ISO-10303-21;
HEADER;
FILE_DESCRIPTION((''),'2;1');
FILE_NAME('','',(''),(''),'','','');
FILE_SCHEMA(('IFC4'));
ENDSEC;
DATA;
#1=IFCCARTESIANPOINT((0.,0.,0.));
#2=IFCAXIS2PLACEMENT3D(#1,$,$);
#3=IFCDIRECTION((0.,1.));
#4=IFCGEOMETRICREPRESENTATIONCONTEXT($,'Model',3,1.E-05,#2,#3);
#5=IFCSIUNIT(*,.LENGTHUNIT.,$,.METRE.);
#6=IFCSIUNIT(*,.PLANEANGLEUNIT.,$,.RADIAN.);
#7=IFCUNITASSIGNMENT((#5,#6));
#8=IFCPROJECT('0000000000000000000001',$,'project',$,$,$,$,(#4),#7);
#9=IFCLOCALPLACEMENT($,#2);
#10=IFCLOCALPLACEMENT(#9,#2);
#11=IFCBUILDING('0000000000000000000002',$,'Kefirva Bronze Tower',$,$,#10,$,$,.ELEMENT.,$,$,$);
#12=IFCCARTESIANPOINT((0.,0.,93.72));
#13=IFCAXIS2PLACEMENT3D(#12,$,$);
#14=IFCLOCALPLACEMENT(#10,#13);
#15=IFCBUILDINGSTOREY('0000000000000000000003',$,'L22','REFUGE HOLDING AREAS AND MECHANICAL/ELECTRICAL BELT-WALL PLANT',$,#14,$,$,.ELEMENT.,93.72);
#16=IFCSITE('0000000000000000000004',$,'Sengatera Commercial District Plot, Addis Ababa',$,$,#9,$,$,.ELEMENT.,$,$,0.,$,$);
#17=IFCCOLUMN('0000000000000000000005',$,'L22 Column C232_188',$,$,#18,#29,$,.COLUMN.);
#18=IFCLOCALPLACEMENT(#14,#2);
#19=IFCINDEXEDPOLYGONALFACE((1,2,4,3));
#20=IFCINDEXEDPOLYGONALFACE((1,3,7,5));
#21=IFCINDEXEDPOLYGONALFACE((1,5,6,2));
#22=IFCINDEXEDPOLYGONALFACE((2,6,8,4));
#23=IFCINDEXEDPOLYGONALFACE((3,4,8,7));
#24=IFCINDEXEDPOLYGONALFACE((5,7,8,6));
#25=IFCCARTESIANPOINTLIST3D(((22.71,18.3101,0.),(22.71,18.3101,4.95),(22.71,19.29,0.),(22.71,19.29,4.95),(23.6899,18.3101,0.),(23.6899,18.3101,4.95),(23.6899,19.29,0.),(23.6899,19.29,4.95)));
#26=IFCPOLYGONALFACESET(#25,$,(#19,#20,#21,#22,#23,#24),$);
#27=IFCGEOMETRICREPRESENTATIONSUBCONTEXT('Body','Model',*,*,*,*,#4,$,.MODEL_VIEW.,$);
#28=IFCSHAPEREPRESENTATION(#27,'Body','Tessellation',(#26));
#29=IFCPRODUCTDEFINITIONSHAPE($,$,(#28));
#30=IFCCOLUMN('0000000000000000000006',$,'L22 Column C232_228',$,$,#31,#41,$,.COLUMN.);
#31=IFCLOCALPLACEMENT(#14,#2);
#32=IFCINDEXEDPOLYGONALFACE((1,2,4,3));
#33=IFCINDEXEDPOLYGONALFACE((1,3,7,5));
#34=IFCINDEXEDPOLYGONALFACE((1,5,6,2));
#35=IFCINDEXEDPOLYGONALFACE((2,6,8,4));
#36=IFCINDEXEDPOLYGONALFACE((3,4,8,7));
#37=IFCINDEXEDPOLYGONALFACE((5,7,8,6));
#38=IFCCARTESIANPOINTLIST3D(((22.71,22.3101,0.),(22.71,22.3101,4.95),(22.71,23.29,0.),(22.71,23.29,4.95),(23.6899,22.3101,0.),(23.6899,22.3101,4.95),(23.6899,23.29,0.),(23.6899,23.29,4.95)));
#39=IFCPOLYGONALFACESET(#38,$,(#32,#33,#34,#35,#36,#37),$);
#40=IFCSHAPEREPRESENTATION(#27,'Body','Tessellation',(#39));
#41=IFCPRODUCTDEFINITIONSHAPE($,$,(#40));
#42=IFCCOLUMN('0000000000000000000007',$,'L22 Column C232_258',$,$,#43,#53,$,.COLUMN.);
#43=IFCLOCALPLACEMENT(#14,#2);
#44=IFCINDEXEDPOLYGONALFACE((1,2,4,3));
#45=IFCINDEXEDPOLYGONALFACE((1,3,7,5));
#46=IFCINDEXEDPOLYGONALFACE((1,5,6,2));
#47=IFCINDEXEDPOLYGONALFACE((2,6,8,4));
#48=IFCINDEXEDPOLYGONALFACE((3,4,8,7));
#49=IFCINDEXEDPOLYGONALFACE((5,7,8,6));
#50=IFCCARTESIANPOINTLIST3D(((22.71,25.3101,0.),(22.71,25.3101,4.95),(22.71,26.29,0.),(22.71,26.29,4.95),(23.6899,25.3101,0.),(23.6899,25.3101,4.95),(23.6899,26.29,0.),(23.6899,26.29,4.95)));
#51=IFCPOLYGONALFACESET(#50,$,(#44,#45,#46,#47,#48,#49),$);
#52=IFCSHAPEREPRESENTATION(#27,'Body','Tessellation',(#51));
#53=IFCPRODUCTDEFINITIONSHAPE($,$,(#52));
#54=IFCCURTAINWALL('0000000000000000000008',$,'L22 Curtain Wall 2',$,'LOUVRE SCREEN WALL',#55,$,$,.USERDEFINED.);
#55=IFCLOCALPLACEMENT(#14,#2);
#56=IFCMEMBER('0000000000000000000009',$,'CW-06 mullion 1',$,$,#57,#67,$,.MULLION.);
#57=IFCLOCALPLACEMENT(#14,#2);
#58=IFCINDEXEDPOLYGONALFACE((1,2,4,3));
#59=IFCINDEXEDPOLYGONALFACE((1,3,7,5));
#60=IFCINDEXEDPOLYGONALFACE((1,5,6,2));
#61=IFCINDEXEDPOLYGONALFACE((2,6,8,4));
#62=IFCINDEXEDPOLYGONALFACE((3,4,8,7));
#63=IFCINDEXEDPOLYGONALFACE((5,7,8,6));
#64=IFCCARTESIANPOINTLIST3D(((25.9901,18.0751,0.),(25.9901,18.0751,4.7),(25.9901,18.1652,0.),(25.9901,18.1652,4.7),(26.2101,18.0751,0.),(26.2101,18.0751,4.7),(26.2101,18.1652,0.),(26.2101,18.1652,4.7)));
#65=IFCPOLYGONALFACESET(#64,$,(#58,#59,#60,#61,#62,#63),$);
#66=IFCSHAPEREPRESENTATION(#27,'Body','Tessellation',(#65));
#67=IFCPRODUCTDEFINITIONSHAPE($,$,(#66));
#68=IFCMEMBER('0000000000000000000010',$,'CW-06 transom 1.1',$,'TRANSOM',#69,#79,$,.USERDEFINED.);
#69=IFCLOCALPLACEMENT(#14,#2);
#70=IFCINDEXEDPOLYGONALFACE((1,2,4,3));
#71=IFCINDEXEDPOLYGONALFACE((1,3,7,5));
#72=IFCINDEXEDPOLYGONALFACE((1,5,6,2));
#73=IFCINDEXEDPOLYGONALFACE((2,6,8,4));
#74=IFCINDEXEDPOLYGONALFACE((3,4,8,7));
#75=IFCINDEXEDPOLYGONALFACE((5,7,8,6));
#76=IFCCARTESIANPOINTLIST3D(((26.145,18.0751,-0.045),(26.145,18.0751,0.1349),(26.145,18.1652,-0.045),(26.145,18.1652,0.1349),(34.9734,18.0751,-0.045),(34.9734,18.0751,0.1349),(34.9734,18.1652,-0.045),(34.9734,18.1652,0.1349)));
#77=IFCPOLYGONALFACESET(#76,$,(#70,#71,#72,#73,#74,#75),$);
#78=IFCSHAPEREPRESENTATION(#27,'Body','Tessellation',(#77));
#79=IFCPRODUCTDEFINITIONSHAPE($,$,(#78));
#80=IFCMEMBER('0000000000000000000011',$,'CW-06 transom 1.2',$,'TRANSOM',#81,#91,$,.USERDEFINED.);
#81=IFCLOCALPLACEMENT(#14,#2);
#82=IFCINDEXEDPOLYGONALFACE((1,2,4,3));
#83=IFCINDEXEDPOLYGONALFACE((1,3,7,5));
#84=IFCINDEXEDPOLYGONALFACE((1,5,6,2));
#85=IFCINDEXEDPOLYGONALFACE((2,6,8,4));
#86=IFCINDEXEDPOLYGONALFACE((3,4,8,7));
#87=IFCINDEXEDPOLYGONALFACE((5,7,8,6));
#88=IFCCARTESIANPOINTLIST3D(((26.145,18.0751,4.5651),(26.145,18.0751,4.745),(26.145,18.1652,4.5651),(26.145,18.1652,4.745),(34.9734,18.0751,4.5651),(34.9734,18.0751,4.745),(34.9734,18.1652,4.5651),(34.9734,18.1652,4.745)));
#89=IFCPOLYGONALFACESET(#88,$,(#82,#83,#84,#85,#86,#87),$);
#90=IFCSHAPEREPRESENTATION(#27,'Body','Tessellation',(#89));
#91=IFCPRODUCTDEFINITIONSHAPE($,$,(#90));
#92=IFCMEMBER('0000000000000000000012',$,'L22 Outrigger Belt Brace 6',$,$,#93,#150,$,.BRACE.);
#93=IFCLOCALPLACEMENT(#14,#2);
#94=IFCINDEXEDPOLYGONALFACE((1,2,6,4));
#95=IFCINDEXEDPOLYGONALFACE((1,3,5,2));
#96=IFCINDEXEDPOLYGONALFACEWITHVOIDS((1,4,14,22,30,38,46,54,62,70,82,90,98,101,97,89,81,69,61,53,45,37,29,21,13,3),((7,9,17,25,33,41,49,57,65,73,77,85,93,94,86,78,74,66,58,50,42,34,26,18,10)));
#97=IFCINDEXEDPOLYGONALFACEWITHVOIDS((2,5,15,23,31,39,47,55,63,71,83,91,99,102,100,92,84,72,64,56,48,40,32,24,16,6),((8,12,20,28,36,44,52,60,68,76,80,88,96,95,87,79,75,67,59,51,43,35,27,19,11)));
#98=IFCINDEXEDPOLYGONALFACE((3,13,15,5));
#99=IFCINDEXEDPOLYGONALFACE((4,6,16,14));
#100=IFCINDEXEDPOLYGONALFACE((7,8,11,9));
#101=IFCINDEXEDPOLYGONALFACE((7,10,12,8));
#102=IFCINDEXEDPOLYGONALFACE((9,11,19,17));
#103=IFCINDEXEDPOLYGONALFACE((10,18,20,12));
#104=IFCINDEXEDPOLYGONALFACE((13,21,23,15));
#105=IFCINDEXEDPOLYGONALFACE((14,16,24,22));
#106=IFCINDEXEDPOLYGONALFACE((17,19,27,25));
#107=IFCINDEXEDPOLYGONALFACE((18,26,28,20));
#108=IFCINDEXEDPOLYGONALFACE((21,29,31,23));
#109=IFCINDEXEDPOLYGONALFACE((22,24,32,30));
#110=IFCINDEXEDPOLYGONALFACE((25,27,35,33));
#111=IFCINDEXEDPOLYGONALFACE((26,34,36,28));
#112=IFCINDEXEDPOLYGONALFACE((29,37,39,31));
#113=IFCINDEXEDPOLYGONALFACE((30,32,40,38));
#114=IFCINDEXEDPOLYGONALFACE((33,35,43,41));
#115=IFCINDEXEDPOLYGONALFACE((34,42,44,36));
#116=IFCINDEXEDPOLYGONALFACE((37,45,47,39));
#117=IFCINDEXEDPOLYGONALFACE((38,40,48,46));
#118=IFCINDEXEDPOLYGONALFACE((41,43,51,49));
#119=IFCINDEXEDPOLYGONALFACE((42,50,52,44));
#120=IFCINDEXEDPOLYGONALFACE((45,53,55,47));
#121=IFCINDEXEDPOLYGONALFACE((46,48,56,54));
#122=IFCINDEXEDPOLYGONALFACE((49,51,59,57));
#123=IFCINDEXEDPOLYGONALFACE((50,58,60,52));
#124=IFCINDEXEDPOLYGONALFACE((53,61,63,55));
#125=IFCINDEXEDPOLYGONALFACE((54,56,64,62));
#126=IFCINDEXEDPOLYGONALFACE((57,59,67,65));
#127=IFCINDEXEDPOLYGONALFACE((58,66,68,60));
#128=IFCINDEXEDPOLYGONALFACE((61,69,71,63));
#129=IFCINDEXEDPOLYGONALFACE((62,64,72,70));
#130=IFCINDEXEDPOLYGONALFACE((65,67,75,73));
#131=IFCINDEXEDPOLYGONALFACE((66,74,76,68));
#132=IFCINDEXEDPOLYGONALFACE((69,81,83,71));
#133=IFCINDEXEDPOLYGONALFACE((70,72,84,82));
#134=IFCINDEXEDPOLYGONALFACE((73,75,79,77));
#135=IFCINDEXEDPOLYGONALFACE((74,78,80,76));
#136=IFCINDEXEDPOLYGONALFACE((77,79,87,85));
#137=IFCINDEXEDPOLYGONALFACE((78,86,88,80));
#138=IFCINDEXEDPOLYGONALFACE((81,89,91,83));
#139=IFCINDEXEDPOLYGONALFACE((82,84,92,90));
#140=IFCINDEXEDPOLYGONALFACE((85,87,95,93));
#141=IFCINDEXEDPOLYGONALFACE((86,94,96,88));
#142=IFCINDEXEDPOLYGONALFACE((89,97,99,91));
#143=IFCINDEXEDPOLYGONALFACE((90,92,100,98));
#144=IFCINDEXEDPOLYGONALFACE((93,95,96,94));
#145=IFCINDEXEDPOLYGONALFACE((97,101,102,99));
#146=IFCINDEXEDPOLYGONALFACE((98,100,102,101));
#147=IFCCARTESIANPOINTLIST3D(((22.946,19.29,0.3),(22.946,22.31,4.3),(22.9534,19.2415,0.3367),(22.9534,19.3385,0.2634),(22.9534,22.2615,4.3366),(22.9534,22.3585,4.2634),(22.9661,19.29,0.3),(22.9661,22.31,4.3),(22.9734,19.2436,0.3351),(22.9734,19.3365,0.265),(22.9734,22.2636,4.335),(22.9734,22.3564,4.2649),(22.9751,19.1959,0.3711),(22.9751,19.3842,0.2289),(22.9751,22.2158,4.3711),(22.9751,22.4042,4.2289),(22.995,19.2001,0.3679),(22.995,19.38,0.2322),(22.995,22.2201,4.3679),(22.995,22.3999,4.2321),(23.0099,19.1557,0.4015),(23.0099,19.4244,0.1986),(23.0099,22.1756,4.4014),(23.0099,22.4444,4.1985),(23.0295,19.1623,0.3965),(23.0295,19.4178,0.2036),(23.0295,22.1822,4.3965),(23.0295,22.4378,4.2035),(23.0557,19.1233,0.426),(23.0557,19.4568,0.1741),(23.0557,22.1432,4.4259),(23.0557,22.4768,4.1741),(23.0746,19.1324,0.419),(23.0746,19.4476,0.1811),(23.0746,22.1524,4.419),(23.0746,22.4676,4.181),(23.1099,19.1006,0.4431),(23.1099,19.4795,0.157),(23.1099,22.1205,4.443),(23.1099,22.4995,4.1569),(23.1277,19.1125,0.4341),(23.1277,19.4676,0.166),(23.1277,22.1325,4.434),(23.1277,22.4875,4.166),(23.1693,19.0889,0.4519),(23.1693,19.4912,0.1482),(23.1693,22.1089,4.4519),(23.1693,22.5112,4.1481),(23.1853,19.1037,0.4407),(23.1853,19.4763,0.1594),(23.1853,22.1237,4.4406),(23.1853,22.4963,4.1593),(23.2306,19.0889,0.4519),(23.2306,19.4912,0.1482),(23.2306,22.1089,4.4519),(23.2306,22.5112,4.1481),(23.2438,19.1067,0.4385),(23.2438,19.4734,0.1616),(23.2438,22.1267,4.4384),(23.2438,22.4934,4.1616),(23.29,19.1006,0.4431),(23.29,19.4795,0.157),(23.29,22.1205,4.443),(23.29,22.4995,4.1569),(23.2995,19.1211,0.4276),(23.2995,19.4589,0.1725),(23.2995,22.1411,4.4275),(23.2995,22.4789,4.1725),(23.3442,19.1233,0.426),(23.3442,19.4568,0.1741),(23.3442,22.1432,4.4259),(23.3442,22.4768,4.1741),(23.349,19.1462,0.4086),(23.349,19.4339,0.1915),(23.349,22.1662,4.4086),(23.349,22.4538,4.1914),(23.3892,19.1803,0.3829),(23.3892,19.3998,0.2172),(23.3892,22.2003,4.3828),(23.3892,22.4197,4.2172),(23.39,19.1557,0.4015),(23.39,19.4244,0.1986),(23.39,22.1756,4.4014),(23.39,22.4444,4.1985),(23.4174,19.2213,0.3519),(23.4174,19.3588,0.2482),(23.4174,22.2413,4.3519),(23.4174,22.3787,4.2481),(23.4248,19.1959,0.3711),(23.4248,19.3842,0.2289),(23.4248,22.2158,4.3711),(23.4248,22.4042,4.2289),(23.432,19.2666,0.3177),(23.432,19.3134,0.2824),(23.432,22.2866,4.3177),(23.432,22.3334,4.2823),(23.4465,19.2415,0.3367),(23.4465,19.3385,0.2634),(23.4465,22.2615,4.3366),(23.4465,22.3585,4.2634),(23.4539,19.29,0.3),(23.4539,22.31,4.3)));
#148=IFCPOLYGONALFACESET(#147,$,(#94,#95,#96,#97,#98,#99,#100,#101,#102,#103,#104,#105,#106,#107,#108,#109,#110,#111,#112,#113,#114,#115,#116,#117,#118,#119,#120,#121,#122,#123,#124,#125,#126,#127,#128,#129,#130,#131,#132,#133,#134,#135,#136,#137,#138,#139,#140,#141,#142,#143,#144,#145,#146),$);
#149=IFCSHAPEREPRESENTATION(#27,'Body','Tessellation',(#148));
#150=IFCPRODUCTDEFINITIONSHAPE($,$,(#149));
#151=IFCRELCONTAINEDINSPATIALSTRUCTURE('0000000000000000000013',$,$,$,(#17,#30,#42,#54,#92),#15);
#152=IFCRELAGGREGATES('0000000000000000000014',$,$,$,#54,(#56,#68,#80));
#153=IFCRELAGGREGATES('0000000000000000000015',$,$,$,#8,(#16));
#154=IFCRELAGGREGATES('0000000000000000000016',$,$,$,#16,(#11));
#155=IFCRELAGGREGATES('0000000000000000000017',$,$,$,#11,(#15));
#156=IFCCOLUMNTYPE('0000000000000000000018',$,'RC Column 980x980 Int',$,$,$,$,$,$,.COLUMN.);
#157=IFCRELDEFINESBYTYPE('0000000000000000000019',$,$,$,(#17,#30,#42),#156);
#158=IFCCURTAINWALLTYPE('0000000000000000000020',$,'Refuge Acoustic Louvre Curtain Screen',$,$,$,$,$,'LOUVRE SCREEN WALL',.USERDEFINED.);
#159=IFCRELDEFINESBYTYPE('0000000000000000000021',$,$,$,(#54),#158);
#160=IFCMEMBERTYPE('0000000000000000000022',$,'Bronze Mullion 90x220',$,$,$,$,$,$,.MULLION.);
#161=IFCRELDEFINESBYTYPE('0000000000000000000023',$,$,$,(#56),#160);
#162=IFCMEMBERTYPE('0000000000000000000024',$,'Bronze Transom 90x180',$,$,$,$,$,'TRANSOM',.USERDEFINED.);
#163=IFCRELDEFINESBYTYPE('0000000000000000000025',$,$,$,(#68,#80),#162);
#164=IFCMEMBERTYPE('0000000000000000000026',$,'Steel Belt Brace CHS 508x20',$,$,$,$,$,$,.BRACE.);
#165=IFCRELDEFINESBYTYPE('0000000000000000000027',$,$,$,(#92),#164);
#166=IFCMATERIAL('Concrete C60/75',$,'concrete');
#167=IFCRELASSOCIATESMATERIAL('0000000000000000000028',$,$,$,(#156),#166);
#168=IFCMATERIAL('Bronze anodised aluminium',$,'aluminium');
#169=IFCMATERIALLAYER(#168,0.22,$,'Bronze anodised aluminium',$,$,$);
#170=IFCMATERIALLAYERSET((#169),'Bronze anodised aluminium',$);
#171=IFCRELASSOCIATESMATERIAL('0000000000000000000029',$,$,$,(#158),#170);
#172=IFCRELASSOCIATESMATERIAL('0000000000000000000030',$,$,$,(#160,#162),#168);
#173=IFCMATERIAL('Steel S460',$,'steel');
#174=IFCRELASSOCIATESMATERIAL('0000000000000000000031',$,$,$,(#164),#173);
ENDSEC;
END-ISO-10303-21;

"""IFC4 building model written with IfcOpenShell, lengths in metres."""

from ifc_helpers import new_model, si_unit, direction, frame, origin, origin_2d, place, context, subcontext, project, spatial, rectangle, hollow_circle, extrude, material, layer, layer_set, material_profile, profile_set, type_object, element, aggregate, save


model = new_model("IFC4")

# Units and contexts
model_context = context("Model", 3, precision=1e-05, world=origin(), true_north=direction((0.0, 1.0)))
body_context = subcontext(model_context, "Body", "Model", "MODEL_VIEW")
ifc_project = project(units=[si_unit("LENGTHUNIT", "METRE"), si_unit("PLANEANGLEUNIT", "RADIAN")], contexts=[model_context])

# Site, building, storey
site_placement = place(None, origin())
site = spatial("IfcSite", under=ifc_project, at=site_placement, Name="Sengatera Commercial District Plot, Addis Ababa", CompositionType="ELEMENT", RefElevation=0.0)
building_placement = place(site_placement, origin())
building = spatial("IfcBuilding", under=site, at=building_placement, Name="Kefirva Bronze Tower", CompositionType="ELEMENT")
storey_placement = place(building_placement, frame((0.0, 0.0, 93.72)))
storey = spatial("IfcBuildingStorey", under=building, at=storey_placement, Name="L22", Description="REFUGE HOLDING AREAS AND MECHANICAL/ELECTRICAL BELT-WALL PLANT", CompositionType="ELEMENT", Elevation=93.72)

# Columns
ifc_material_1 = material(Name="Concrete C60/75", Category="concrete")
ifc_material_profile_1 = material_profile(ifc_material_1, rectangle(XDim=0.98, YDim=0.98, at=origin_2d()), Name="RC 980x980")
ifc_profile_set_1 = profile_set([ifc_material_profile_1], Name="Concrete C60/75")
column_type = type_object("IfcColumnType", Name="RC Column 980x980 Int", PredefinedType="COLUMN", material=ifc_profile_set_1)
for number, where, z_axis, x_axis, name in (
    (1, (23.2, 18.8, 0.0), (0.0, 0.0, 1.0), (1.0, 0.0, 0.0), "L22 Column C232_188"),
    (2, (23.2, 22.8, 0.0), (0.0, 0.0, 1.0), (1.0, 0.0, 0.0), "L22 Column C232_228"),
    (3, (23.2, 25.8, 0.0), (0.0, 0.0, 1.0), (1.0, 0.0, 0.0), "L22 Column C232_258"),
):
    element("IfcColumn", number, at=place(storey_placement, frame(where, z_axis=z_axis, x_axis=x_axis)), inside=storey, type_object=column_type, Name=name, PredefinedType="COLUMN", context=body_context, shape_type="SweptSolid", body=[
        extrude(rectangle(XDim=0.98, YDim=0.98, at=origin_2d()), origin(), (0.0, 0.0, 1.0), 4.95),
    ])

# Curtain wall, members
ifc_material_2 = material(Name="Bronze anodised aluminium", Category="aluminium")
ifc_layer_1 = layer(ifc_material_2, 0.22, Name="Bronze anodised aluminium")
ifc_layer_set_1 = layer_set([ifc_layer_1], Name="Bronze anodised aluminium")
curtain_wall_type = type_object("IfcCurtainWallType", Name="Refuge Acoustic Louvre Curtain Screen", ElementType="LOUVRE SCREEN WALL", PredefinedType="USERDEFINED", material=ifc_layer_set_1)
curtain_wall_placement = place(storey_placement, origin())
curtain_wall = element("IfcCurtainWall", 4, at=curtain_wall_placement, inside=storey, type_object=curtain_wall_type, Name="L22 Curtain Wall 2", ObjectType="LOUVRE SCREEN WALL", PredefinedType="USERDEFINED")
ifc_material_profile_2 = material_profile(ifc_material_2, rectangle(XDim=0.0901, YDim=0.22, at=origin_2d()), Name="ALU 90x220")
ifc_profile_set_2 = profile_set([ifc_material_profile_2], Name="Bronze anodised aluminium")
member_type_1 = type_object("IfcMemberType", Name="Bronze Mullion 90x220", PredefinedType="MULLION", material=ifc_profile_set_2)
member_1_placement = place(storey_placement, frame((26.1001, 18.1201, 0.0), z_axis=(0.0, 0.0, 1.0), x_axis=(0.0, 1.0, 0.0)))
member_1 = element("IfcMember", 5, at=member_1_placement, type_object=member_type_1, Name="CW-06 mullion 1", PredefinedType="MULLION", context=body_context, shape_type="SweptSolid", body=[
    extrude(rectangle(XDim=0.0901, YDim=0.22, at=origin_2d()), origin(), (0.0, 0.0, 1.0), 4.7),
])
ifc_material_profile_3 = material_profile(ifc_material_2, rectangle(XDim=0.0901, YDim=0.1799, at=origin_2d()), Name="ALU 90x180")
ifc_profile_set_3 = profile_set([ifc_material_profile_3], Name="Bronze anodised aluminium")
member_type_2 = type_object("IfcMemberType", Name="Bronze Transom 90x180", ElementType="TRANSOM", PredefinedType="USERDEFINED", material=ifc_profile_set_3)
member_2_placement = place(storey_placement, frame((26.145, 18.1201, 0.0449), z_axis=(1.0, 0.0, 0.0), x_axis=(0.0, 1.0, 0.0)))
member_2 = element("IfcMember", 6, at=member_2_placement, type_object=member_type_2, Name="CW-06 transom 1.1", ObjectType="TRANSOM", PredefinedType="USERDEFINED", context=body_context, shape_type="SweptSolid", body=[
    extrude(rectangle(XDim=0.0901, YDim=0.1799, at=origin_2d()), origin(), (0.0, 0.0, 1.0), 8.8284),
])
member_3_placement = place(storey_placement, frame((26.145, 18.1201, 4.655), z_axis=(1.0, 0.0, 0.0), x_axis=(0.0, 1.0, 0.0)))
member_3 = element("IfcMember", 7, at=member_3_placement, type_object=member_type_2, Name="CW-06 transom 1.2", ObjectType="TRANSOM", PredefinedType="USERDEFINED", context=body_context, shape_type="SweptSolid", body=[
    extrude(rectangle(XDim=0.0901, YDim=0.1799, at=origin_2d()), origin(), (0.0, 0.0, 1.0), 8.8284),
])
aggregate(curtain_wall, [member_1, member_2, member_3])

# Member
ifc_material_3 = material(Name="Steel S460", Category="steel")
ifc_material_profile_4 = material_profile(ifc_material_3, hollow_circle(Radius=0.2539, WallThickness=0.02, at=origin_2d()), Name="CHS 508x20")
ifc_profile_set_4 = profile_set([ifc_material_profile_4], Name="Steel S460")
member_type_3 = type_object("IfcMemberType", Name="Steel Belt Brace CHS 508x20", PredefinedType="BRACE", material=ifc_profile_set_4)
member_4_placement = place(storey_placement, frame((23.2, 19.29, 0.3), z_axis=(0.0, 0.602553, 0.798079), x_axis=(-1.0, 0.0, 0.0)))
element("IfcMember", 8, at=member_4_placement, inside=storey, type_object=member_type_3, Name="L22 Outrigger Belt Brace 6", PredefinedType="BRACE", context=body_context, shape_type="SweptSolid", body=[
    extrude(hollow_circle(Radius=0.2539, WallThickness=0.02, at=origin_2d()), origin(), (0.0, 0.0, 1.0), 5.012),
])

save(model, "model.ifc")
